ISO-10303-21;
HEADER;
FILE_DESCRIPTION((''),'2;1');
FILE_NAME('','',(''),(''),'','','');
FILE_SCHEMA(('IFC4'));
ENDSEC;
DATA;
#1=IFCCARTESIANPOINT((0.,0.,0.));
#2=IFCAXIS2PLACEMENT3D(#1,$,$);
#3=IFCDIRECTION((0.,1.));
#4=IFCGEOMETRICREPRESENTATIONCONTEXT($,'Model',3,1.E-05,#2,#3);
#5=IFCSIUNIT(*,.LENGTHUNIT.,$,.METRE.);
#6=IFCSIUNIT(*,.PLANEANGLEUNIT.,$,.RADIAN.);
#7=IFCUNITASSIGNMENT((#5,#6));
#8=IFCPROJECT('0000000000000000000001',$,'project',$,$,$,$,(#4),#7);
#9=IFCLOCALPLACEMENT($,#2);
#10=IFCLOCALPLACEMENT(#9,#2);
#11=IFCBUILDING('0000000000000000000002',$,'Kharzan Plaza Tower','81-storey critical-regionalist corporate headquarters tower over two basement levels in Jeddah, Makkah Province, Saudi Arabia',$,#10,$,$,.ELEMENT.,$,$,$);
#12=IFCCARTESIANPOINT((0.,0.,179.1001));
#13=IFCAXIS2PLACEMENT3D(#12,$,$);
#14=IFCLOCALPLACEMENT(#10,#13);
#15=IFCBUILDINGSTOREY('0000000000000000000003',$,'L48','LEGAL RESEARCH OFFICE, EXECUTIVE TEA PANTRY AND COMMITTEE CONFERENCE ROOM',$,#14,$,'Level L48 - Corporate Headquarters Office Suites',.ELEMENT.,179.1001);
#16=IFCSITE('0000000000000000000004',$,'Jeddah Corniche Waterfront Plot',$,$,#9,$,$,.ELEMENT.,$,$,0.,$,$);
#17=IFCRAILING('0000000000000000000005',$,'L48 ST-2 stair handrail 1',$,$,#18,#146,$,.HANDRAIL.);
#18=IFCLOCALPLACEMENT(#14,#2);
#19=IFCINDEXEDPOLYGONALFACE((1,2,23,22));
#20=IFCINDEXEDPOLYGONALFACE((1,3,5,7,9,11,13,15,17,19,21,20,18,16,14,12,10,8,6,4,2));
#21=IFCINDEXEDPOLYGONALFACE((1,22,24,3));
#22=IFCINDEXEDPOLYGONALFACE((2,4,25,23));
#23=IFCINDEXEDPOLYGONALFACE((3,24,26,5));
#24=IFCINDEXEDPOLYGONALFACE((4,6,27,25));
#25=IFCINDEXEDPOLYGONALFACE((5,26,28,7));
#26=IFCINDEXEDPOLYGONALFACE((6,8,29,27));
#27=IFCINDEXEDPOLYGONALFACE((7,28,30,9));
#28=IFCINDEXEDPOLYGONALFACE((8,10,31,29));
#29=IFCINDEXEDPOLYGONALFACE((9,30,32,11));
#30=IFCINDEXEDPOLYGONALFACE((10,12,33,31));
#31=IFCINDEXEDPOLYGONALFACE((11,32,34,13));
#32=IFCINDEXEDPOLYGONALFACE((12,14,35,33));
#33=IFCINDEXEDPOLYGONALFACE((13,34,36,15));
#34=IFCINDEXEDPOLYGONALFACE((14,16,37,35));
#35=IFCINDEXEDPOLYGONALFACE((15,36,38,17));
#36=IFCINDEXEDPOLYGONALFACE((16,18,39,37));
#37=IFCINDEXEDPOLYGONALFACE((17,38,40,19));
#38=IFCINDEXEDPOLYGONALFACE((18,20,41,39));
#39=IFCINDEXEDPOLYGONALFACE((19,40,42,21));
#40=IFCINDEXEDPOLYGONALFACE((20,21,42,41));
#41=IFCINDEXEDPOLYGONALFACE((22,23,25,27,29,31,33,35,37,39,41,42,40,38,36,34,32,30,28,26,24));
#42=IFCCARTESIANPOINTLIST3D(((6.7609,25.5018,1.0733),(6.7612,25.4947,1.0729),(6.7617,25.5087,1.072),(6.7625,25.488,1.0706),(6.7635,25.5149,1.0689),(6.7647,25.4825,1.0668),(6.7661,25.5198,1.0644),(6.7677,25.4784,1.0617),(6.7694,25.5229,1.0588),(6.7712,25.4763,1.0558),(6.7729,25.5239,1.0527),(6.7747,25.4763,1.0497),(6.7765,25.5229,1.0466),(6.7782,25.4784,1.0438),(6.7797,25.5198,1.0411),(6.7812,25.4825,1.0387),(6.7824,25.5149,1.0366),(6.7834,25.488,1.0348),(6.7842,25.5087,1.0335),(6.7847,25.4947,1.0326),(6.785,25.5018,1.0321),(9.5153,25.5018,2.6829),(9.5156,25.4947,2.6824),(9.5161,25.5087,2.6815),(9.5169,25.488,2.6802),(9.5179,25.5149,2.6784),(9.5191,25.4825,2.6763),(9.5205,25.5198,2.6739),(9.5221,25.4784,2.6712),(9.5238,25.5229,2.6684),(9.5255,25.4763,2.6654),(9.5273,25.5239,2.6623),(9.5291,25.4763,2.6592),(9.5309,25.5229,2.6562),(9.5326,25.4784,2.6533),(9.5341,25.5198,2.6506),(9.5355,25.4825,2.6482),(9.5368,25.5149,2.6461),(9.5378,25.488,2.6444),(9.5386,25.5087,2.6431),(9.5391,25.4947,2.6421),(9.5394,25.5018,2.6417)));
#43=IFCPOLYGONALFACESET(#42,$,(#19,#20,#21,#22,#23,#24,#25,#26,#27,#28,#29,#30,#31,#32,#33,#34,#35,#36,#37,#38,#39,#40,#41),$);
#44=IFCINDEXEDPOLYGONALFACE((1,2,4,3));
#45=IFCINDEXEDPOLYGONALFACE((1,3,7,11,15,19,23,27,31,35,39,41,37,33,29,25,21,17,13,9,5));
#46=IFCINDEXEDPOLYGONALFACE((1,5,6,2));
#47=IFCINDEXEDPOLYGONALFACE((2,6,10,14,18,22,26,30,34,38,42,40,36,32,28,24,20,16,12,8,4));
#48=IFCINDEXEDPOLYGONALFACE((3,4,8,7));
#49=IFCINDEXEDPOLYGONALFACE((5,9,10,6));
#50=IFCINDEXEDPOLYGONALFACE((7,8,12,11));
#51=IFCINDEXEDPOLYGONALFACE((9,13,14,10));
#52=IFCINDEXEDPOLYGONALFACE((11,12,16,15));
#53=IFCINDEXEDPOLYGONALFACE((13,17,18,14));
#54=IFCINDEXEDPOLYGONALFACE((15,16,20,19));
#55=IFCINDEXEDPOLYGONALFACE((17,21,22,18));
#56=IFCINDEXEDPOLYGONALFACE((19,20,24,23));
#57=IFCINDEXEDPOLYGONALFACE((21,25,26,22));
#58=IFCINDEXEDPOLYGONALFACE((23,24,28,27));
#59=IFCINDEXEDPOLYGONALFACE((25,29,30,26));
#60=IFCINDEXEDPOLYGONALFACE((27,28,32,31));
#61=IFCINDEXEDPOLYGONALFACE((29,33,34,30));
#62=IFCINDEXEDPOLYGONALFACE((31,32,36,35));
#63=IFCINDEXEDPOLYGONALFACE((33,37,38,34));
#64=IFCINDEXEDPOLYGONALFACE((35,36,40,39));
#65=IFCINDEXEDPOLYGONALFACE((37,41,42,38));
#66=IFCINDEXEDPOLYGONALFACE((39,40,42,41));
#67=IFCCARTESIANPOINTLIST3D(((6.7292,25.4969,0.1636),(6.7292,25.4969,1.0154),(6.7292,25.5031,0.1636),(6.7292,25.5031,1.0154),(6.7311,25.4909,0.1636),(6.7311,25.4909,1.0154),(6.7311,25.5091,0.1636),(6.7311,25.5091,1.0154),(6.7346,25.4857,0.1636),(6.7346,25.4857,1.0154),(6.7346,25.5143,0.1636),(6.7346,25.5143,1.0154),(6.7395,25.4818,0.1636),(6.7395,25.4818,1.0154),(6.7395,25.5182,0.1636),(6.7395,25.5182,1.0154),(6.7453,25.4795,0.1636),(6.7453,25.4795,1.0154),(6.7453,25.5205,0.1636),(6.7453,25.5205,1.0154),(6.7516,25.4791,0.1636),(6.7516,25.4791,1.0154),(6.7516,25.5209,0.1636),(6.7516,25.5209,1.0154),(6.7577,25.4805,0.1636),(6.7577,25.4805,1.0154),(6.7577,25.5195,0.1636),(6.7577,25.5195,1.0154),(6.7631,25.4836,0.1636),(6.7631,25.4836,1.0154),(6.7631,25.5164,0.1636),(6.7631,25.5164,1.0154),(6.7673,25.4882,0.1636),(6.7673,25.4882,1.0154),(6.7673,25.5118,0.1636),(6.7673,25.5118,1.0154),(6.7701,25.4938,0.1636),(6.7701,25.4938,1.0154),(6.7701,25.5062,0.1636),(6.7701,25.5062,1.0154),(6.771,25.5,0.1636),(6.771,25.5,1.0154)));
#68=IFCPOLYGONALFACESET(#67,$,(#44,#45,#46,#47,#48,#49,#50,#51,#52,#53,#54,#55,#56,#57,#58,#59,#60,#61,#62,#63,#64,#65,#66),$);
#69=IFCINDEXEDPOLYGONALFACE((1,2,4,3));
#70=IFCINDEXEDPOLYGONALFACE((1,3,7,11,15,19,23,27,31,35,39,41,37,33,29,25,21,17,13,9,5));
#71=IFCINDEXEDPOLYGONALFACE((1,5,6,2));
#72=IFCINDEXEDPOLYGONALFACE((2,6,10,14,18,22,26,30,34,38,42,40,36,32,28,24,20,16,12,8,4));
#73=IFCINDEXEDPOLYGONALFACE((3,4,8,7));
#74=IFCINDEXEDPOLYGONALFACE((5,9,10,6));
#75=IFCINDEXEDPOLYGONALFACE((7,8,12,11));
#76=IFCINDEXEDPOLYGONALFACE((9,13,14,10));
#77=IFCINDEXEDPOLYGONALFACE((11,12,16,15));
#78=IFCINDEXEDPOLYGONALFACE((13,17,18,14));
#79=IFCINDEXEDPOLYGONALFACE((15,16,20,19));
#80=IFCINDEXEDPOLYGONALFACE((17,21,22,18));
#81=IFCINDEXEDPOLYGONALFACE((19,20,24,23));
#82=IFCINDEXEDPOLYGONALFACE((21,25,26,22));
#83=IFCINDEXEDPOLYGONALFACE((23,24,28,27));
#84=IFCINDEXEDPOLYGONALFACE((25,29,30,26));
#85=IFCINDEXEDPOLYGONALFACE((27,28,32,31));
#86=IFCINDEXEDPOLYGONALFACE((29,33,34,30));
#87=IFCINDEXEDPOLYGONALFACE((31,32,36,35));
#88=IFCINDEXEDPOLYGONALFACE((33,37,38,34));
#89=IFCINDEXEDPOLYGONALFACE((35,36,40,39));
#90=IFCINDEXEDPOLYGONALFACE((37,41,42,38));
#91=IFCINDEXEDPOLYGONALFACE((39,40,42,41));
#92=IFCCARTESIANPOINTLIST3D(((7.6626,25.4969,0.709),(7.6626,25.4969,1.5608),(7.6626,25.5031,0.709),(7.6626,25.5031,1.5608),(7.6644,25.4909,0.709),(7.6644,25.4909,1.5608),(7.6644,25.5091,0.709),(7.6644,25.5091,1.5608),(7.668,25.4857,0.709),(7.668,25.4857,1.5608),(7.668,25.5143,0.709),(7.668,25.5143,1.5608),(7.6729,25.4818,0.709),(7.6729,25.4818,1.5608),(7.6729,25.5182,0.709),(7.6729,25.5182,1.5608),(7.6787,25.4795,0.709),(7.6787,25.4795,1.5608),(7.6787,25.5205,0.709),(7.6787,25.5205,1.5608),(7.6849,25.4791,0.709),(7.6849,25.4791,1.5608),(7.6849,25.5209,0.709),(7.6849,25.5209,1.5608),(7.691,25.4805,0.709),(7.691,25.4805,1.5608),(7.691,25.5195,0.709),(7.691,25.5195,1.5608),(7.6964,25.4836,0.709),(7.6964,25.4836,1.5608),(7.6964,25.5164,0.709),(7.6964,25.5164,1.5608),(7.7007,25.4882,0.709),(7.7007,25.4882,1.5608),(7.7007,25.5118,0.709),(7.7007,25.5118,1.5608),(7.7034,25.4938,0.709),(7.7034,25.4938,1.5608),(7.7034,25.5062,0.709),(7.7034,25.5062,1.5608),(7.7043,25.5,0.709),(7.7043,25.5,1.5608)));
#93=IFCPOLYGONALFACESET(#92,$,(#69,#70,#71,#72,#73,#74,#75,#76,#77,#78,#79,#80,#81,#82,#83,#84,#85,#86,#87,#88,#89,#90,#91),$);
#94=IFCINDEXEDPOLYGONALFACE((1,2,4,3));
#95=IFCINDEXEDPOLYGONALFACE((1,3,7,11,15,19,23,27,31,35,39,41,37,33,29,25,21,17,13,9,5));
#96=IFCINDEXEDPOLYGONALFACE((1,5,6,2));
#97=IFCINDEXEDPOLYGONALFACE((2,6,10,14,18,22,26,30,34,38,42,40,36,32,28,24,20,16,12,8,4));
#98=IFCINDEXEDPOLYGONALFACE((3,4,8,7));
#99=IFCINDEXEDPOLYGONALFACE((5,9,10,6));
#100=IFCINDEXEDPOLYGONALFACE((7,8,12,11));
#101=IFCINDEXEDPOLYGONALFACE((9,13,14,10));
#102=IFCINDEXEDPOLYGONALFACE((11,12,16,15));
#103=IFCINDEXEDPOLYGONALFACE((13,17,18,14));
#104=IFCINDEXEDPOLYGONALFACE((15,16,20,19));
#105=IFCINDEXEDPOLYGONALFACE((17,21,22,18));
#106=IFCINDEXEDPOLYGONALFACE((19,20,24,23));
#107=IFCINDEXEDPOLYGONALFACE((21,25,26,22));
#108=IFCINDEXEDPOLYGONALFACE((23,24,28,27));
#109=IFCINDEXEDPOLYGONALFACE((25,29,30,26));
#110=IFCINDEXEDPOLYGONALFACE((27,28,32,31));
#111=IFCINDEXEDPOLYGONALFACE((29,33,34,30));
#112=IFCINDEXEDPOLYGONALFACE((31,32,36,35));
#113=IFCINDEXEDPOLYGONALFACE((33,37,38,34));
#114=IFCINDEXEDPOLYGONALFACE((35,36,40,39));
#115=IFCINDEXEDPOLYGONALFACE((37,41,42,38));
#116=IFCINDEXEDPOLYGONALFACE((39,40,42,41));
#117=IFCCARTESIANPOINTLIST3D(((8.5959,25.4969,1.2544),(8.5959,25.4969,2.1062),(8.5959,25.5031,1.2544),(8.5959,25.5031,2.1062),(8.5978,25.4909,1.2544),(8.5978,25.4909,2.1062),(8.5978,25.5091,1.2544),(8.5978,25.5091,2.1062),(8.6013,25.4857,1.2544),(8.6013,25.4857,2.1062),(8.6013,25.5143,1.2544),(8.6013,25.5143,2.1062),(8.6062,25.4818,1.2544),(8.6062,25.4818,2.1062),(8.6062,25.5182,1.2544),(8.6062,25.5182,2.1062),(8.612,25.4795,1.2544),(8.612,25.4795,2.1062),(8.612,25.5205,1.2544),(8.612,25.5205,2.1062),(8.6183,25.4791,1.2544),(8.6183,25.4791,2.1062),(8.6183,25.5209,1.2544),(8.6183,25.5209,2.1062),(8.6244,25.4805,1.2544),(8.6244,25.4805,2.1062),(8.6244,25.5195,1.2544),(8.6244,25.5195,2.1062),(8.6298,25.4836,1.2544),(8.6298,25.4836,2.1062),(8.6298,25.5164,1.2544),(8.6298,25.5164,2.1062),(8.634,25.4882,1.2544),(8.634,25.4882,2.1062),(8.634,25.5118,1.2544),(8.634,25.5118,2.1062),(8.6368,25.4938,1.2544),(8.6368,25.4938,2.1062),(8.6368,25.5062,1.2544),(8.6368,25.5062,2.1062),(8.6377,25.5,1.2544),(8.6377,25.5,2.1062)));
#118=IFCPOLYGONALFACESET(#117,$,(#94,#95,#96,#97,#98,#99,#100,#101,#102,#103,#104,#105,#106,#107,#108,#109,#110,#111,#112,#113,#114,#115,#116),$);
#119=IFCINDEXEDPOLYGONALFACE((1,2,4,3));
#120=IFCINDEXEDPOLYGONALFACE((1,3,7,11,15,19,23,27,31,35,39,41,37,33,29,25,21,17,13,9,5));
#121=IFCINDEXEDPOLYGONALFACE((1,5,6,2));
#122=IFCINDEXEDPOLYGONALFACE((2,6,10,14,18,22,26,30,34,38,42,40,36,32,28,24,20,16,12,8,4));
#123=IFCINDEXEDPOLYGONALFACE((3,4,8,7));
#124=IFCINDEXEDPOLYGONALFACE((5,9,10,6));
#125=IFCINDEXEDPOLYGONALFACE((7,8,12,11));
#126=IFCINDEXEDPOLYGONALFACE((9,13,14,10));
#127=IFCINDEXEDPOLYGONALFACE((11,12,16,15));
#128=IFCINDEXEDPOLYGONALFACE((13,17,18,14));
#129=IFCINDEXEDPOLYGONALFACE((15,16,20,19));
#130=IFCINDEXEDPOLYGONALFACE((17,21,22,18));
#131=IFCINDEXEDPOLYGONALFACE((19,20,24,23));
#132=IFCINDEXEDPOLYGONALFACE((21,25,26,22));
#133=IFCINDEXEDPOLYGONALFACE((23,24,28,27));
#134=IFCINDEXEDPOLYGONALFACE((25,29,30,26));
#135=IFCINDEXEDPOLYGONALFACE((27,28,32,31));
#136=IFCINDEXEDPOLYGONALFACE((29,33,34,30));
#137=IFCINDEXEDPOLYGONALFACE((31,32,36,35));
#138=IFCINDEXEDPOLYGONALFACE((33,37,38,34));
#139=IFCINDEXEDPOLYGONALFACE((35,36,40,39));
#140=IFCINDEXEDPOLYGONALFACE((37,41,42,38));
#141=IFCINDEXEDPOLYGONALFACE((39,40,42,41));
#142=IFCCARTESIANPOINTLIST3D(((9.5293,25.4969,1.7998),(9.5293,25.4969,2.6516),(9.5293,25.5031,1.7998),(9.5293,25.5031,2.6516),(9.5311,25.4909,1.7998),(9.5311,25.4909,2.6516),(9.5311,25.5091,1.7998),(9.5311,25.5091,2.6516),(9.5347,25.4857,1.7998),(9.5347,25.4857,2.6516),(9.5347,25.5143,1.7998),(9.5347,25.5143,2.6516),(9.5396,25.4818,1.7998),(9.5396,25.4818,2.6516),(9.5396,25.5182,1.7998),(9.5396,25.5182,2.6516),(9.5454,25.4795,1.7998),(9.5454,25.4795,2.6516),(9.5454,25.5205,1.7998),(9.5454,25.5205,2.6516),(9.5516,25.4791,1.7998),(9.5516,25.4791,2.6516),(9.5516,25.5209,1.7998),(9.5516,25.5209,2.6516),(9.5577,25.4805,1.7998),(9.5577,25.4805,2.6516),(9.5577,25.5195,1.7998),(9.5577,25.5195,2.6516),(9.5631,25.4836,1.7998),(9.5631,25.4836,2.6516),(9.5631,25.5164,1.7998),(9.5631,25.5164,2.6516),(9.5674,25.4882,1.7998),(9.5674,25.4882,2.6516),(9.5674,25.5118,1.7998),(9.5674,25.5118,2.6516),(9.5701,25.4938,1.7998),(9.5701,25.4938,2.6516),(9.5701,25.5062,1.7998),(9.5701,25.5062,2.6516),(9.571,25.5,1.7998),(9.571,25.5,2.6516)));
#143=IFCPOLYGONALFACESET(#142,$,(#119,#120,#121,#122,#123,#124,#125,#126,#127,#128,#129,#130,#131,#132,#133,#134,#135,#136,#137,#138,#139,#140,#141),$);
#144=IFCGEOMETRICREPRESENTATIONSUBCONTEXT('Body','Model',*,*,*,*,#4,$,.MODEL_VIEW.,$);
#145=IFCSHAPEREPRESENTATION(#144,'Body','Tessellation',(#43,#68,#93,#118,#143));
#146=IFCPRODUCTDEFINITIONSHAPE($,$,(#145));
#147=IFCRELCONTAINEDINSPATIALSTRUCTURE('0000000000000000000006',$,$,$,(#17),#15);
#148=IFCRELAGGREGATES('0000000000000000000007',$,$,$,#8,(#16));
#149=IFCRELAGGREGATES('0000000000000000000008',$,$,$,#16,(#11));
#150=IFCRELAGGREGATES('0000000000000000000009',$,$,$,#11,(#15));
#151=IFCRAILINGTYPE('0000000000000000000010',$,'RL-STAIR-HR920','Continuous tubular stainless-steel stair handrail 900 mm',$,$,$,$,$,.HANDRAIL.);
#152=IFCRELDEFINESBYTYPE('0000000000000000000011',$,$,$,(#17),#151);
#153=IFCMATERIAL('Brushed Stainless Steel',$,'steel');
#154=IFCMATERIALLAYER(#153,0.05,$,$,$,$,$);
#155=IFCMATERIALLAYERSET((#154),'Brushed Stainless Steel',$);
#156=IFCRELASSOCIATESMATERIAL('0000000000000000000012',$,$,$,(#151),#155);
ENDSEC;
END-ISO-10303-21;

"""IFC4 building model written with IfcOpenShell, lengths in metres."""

from ifc_helpers import new_model, si_unit, direction, frame, origin, origin_2d, place, context, subcontext, project, spatial, circle, extrude, source, transform, mapped, material, layer, layer_set, type_object, element, save


model = new_model("IFC4")

# Units and contexts
model_context = context("Model", 3, precision=1e-05, world=origin(), true_north=direction((0.0, 1.0)))
body_context = subcontext(model_context, "Body", "Model", "MODEL_VIEW")
ifc_project = project(units=[si_unit("LENGTHUNIT", "METRE"), si_unit("PLANEANGLEUNIT", "RADIAN")], contexts=[model_context])

# Site, building, storey
site_placement = place(None, origin())
site = spatial("IfcSite", under=ifc_project, at=site_placement, Name="Jeddah Corniche Waterfront Plot", CompositionType="ELEMENT", RefElevation=0.0)
building_placement = place(site_placement, origin())
building = spatial("IfcBuilding", under=site, at=building_placement, Name="Kharzan Plaza Tower", Description="81-storey critical-regionalist corporate headquarters tower over two basement levels in Jeddah, Makkah Province, Saudi Arabia", CompositionType="ELEMENT")
storey_placement = place(building_placement, frame((0.0, 0.0, 179.1001)))
storey = spatial("IfcBuildingStorey", under=building, at=storey_placement, Name="L48", Description="LEGAL RESEARCH OFFICE, EXECUTIVE TEA PANTRY AND COMMITTEE CONFERENCE ROOM", LongName="Level L48 - Corporate Headquarters Office Suites", CompositionType="ELEMENT", Elevation=179.1001)

# Railing
ifc_material_1 = material(Name="Brushed Stainless Steel", Category="steel")
ifc_layer_1 = layer(ifc_material_1, 0.05)
ifc_layer_set_1 = layer_set([ifc_layer_1], Name="Brushed Stainless Steel")
railing_type_1 = type_object("IfcRailingType", Name="RL-STAIR-HR920", Description="Continuous tubular stainless-steel stair handrail 900 mm", PredefinedType="HANDRAIL", material=ifc_layer_set_1)
shared_shape_1 = source(origin(), body_context, "Body", "SweptSolid", [
    extrude(circle(Radius=0.0239, at=origin_2d()), frame((0.0229, 0.0, 0.8892), z_axis=(0.863394, 0.0, 0.504531), x_axis=(0.0, 1.0, 0.0)), (0.0, 0.0, 1.0), 3.1902),
    extrude(circle(Radius=0.021, at=origin_2d()), origin(), (0.0, 0.0, 1.0), 0.8518),
    extrude(circle(Radius=0.021, at=origin_2d()), frame((0.9333, 0.0, 0.5454)), (0.0, 0.0, 1.0), 0.8518),
    extrude(circle(Radius=0.021, at=origin_2d()), frame((1.8667, 0.0, 1.0908)), (0.0, 0.0, 1.0), 0.8518),
    extrude(circle(Radius=0.021, at=origin_2d()), frame((2.8, 0.0, 1.6362)), (0.0, 0.0, 1.0), 0.8518),
])
railing_1_placement = place(storey_placement, frame((6.75, 25.5, 0.1636)))
element("IfcRailing", 1, at=railing_1_placement, inside=storey, type_object=railing_type_1, Name="L48 ST-2 stair handrail 1", PredefinedType="HANDRAIL", context=body_context, shape_type="MappedRepresentation", body=[
    mapped(shared_shape_1, transform((0.0, 0.0, 0.0), x_axis=(1.0, 0.0, 0.0), y_axis=(0.0, 1.0, 0.0), z_axis=(0.0, 0.0, 1.0))),
])

save(model, "model.ifc")
